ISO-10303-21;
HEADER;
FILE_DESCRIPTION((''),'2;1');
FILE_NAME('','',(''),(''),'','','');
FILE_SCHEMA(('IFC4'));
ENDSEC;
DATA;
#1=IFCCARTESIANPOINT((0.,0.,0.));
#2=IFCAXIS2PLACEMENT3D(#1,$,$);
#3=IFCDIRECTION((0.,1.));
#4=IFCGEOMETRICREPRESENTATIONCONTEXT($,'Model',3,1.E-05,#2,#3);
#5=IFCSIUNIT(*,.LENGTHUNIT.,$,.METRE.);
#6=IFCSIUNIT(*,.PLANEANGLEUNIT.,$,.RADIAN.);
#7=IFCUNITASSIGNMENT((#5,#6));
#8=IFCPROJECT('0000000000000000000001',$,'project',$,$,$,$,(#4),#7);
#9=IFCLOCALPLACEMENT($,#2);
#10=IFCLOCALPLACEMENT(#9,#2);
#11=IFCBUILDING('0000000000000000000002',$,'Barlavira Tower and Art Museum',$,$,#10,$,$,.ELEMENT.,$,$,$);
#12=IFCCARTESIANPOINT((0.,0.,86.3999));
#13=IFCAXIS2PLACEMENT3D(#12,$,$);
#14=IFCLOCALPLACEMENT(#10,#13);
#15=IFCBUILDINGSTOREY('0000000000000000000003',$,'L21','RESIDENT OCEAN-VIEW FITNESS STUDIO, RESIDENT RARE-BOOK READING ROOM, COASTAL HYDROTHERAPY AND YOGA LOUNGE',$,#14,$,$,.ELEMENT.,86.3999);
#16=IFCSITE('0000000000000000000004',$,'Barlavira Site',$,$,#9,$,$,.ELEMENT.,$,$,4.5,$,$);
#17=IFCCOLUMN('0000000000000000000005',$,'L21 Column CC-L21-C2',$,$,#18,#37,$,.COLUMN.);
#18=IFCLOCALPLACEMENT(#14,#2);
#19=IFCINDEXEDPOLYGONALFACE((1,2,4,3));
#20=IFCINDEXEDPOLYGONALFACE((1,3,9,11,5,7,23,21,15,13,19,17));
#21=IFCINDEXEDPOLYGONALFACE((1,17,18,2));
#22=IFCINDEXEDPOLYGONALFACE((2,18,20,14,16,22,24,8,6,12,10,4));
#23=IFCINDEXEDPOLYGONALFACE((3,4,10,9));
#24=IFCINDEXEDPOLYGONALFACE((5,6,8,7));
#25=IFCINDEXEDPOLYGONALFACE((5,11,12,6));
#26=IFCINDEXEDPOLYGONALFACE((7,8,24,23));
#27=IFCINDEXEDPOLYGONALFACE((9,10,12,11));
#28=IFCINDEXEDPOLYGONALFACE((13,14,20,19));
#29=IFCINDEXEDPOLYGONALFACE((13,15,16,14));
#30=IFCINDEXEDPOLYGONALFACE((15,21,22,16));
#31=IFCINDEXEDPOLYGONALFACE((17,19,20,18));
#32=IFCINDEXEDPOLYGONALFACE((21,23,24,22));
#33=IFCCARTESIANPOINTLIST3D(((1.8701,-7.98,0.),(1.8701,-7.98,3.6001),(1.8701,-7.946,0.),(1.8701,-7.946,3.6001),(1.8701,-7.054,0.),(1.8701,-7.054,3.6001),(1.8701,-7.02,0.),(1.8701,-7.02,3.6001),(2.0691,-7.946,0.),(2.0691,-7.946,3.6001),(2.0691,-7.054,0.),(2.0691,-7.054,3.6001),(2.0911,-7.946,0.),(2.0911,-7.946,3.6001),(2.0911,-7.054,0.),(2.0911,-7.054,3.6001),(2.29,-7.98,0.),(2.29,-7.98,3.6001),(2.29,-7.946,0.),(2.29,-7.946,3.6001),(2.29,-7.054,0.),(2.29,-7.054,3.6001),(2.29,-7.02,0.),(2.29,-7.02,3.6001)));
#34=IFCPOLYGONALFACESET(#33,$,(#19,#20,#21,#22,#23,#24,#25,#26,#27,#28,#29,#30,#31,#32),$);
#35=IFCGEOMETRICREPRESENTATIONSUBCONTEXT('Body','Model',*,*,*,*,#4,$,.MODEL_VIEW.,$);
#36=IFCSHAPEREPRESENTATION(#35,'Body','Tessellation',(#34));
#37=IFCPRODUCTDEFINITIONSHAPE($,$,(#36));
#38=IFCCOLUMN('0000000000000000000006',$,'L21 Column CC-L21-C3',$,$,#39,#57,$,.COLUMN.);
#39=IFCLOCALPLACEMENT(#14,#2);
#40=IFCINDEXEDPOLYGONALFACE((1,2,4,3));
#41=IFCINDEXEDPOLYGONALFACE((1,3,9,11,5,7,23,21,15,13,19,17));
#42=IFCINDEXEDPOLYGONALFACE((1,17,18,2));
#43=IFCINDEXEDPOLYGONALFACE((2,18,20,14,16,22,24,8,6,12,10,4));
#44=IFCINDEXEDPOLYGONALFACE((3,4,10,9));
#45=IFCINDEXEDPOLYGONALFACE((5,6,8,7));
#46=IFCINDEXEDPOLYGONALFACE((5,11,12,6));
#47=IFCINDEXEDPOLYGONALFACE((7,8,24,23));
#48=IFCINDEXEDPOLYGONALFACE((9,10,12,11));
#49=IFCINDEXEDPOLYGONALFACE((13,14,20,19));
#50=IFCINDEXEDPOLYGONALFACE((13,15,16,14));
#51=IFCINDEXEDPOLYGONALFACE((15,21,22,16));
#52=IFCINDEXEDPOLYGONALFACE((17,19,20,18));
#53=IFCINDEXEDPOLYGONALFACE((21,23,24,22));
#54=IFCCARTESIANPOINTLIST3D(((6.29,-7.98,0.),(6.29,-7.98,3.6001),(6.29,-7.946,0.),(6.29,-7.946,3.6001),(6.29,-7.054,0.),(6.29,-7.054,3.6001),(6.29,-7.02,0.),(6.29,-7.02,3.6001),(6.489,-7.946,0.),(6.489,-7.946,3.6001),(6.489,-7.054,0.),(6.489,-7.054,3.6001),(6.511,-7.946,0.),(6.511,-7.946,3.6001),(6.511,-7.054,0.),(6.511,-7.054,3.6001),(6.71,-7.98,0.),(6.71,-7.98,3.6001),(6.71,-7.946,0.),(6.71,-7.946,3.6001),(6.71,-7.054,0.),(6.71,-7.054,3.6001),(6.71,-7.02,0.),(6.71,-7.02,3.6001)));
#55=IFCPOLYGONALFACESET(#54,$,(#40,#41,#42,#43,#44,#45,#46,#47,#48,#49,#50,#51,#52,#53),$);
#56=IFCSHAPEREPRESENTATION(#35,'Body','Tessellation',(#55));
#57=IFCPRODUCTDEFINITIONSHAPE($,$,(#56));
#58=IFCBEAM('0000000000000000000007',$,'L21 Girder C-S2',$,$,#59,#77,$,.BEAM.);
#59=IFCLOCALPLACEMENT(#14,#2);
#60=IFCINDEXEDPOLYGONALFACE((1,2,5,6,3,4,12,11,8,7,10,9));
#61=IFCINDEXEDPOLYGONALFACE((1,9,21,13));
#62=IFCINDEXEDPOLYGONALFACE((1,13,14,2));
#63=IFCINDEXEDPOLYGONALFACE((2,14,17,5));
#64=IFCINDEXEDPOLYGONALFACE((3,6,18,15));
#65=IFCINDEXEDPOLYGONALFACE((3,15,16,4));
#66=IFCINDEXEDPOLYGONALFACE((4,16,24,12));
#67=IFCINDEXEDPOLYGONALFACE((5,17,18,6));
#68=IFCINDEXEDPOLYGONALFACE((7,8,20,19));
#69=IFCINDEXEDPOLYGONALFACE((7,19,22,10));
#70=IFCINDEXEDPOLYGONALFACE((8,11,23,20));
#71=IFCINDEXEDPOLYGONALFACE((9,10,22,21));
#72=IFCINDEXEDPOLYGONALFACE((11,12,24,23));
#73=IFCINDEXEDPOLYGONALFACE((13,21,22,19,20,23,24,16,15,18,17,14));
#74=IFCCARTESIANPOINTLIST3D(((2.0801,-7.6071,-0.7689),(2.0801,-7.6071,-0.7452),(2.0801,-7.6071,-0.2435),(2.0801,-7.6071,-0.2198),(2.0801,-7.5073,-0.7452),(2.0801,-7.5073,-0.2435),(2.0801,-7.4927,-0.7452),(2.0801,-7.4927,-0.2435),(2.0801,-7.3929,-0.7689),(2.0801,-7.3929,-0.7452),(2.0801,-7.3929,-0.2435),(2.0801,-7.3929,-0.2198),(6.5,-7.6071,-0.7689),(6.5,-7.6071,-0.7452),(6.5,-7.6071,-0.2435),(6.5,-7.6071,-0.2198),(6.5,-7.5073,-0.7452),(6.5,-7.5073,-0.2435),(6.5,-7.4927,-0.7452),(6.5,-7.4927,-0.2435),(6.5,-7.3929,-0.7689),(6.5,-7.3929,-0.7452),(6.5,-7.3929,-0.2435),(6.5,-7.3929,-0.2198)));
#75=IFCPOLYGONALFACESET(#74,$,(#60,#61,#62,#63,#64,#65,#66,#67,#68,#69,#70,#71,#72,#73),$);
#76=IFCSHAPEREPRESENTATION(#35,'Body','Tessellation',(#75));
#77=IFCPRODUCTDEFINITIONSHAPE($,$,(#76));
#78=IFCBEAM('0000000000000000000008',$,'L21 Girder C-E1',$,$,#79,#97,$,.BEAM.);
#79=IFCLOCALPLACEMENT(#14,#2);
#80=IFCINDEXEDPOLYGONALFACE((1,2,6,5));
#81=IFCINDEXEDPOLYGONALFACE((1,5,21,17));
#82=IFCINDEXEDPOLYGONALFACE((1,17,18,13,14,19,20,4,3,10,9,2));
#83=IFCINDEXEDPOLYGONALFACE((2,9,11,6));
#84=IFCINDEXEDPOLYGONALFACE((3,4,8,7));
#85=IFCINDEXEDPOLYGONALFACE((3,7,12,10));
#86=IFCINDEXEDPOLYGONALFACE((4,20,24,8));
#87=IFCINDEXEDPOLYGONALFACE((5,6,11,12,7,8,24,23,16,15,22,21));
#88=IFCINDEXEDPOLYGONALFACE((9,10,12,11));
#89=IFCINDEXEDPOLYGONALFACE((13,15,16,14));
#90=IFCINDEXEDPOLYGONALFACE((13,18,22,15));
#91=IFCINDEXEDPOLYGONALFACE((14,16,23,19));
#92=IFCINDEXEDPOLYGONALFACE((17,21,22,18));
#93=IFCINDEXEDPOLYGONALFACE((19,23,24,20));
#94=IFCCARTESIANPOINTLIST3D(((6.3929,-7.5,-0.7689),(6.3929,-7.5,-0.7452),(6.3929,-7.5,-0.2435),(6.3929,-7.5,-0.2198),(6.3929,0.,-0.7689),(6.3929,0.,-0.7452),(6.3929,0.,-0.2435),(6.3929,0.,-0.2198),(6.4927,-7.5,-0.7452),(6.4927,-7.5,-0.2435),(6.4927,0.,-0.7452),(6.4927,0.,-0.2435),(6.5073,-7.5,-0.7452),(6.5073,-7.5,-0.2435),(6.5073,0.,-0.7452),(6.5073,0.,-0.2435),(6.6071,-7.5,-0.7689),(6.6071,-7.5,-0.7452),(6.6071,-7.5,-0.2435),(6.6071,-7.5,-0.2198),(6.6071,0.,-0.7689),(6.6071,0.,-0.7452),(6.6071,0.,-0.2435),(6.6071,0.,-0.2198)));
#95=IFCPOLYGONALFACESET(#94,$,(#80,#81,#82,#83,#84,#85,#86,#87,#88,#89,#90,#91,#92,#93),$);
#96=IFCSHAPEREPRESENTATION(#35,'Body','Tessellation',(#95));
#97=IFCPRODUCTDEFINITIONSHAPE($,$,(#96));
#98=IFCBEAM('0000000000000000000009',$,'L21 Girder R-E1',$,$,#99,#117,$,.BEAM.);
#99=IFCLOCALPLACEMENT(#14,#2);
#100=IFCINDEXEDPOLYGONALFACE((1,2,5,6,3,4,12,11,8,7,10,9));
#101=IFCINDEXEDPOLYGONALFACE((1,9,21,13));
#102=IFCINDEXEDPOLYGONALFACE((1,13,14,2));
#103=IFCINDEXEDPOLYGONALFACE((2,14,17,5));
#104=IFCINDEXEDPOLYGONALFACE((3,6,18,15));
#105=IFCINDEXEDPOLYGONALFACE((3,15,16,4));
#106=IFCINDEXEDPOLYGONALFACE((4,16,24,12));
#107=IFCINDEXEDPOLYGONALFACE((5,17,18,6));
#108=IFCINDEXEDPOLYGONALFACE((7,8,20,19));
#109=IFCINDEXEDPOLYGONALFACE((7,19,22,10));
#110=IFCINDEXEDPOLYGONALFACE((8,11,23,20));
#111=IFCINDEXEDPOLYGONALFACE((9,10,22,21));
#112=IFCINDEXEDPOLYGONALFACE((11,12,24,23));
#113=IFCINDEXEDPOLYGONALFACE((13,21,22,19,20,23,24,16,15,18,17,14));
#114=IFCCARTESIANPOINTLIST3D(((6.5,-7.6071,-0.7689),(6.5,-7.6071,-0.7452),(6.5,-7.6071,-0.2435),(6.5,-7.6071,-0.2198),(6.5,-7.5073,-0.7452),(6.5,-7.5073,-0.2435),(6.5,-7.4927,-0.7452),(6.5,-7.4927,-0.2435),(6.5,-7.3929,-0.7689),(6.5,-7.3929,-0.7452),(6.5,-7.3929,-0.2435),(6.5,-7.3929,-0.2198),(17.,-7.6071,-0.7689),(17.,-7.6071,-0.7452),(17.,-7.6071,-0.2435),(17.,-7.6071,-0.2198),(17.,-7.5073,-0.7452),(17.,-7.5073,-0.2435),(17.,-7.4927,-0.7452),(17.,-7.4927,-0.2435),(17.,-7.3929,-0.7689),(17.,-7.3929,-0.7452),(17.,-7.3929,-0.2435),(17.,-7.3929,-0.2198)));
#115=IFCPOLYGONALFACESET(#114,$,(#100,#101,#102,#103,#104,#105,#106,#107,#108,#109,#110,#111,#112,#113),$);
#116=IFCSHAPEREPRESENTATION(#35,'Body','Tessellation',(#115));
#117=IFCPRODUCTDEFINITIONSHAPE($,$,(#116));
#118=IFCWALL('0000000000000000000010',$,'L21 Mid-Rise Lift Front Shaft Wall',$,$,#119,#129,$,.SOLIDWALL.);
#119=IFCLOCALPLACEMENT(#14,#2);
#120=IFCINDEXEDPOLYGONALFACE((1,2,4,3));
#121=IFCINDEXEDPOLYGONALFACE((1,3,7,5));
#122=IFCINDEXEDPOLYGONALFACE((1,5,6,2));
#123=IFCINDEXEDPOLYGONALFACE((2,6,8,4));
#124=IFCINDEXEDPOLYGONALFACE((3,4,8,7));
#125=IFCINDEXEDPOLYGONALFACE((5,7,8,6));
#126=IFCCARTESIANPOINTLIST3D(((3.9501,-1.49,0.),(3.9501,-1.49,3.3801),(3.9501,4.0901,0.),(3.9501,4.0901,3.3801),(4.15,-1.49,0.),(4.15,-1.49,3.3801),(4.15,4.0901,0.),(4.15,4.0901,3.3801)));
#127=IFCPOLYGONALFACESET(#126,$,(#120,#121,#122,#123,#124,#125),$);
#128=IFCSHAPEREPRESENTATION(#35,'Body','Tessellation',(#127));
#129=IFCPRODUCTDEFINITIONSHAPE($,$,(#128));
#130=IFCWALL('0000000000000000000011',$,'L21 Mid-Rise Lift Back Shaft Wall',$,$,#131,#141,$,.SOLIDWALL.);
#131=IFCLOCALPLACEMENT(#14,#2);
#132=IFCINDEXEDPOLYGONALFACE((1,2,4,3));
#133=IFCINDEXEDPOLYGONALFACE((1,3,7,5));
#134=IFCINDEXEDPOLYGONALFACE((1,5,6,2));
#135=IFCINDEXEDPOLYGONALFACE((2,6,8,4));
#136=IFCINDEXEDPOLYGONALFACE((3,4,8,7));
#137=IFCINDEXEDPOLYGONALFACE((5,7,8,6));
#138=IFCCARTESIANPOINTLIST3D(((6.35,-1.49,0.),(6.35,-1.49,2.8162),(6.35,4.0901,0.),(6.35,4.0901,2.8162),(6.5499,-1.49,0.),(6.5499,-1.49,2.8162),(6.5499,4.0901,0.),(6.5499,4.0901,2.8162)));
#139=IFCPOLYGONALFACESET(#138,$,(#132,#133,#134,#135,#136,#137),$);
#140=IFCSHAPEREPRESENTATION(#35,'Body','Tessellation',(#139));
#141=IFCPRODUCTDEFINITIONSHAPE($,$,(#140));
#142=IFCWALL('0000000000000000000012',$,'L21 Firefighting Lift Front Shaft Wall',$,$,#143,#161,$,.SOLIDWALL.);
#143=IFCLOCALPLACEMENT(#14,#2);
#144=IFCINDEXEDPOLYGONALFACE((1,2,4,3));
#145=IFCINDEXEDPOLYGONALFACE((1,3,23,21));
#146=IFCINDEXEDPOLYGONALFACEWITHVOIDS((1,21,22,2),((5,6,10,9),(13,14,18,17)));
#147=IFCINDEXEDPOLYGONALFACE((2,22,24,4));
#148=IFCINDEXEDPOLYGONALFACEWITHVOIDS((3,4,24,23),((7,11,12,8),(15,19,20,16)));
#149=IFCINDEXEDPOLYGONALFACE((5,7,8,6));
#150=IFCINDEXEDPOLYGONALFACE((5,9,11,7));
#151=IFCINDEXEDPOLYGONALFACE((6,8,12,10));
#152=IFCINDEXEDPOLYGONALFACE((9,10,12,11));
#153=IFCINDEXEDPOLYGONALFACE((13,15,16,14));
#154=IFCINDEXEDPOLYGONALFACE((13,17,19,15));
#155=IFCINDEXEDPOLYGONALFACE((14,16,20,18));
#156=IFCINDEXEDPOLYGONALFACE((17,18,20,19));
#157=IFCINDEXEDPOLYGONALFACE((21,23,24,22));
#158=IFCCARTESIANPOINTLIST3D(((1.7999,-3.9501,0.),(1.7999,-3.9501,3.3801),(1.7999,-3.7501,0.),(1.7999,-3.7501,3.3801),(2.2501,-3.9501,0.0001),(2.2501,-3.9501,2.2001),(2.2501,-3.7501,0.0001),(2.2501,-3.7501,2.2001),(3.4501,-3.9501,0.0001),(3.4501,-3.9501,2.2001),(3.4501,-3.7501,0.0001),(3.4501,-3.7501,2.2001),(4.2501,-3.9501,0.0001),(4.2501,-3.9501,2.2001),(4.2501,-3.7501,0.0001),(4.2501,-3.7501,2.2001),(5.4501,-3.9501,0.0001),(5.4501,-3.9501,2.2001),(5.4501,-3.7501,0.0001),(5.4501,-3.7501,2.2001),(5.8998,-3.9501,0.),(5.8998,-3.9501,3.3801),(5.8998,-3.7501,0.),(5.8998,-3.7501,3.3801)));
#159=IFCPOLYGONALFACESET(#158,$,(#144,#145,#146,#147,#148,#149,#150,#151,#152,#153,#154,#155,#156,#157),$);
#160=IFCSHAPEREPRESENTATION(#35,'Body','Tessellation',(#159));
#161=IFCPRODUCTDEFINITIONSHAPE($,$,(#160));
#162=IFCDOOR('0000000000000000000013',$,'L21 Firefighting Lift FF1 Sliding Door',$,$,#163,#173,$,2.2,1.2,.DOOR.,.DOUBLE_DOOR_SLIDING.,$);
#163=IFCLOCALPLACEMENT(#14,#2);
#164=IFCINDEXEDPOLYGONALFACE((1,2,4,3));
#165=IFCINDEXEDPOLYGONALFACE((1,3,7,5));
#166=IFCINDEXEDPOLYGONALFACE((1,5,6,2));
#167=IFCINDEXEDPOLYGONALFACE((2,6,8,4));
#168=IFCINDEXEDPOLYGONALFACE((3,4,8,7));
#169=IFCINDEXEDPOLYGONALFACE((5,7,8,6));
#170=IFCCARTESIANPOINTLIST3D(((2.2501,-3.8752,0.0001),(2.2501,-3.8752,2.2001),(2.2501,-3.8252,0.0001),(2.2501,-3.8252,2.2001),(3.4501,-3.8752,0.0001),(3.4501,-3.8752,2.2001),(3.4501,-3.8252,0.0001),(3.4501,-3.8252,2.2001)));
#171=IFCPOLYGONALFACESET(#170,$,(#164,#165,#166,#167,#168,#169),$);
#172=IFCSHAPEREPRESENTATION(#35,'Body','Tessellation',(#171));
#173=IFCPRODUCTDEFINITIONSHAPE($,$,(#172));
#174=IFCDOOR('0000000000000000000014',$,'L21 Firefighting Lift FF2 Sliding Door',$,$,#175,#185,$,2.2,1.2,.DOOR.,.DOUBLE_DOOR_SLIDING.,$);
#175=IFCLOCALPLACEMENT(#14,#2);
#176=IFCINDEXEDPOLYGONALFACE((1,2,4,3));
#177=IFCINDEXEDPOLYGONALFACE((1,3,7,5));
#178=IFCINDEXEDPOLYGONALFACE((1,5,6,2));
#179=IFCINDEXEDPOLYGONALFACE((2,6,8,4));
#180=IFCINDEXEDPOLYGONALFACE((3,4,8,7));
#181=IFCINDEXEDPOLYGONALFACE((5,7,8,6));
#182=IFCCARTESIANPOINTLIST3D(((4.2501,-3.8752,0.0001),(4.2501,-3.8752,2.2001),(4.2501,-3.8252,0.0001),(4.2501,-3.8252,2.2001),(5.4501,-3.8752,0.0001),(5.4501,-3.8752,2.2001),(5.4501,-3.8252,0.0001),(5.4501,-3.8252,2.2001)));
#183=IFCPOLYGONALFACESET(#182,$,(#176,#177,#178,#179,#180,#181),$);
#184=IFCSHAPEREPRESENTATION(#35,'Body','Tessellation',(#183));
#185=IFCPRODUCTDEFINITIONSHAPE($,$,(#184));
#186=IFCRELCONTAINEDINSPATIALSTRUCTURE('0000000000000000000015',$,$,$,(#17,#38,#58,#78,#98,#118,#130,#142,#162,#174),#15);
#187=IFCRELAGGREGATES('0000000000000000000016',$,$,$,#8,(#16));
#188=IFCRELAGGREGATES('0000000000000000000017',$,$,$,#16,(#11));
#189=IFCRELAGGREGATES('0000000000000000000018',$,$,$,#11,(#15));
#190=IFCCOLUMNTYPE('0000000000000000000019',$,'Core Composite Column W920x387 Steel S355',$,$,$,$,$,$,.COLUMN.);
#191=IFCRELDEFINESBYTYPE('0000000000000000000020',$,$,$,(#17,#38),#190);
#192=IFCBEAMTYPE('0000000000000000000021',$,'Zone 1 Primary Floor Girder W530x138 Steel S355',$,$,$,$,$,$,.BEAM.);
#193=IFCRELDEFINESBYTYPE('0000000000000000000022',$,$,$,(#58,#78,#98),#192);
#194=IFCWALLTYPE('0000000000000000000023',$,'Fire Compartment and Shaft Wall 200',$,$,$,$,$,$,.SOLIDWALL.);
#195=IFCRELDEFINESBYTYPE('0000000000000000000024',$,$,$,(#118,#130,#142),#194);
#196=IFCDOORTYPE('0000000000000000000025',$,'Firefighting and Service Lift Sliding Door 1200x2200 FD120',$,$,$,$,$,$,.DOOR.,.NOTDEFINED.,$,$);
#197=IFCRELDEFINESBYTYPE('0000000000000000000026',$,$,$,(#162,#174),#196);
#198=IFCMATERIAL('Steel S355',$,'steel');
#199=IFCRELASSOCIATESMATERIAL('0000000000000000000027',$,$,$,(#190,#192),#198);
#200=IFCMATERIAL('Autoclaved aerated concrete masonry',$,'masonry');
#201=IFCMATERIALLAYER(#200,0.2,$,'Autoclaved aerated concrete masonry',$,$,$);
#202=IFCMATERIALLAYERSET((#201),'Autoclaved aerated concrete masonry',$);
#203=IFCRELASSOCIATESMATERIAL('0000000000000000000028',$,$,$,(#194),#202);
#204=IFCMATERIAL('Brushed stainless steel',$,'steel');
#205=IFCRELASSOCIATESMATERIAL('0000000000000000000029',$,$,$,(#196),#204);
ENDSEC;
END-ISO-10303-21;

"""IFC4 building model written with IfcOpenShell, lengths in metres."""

from ifc_helpers import new_model, si_unit, direction, frame, frame_2d, origin, origin_2d, place, context, subcontext, project, spatial, rectangle, i_section, extrude, material, layer, layer_set, material_profile, profile_set, type_object, element, fill, save


model = new_model("IFC4")

# Units and contexts
model_context = context("Model", 3, precision=1e-05, world=origin(), true_north=direction((0.0, 1.0)))
body_context = subcontext(model_context, "Body", "Model", "MODEL_VIEW")
ifc_project = project(units=[si_unit("LENGTHUNIT", "METRE"), si_unit("PLANEANGLEUNIT", "RADIAN")], contexts=[model_context])

# Site, building, storey
site_placement = place(None, origin())
site = spatial("IfcSite", under=ifc_project, at=site_placement, Name="Barlavira Site", CompositionType="ELEMENT", RefElevation=4.5)
building_placement = place(site_placement, origin())
building = spatial("IfcBuilding", under=site, at=building_placement, Name="Barlavira Tower and Art Museum", CompositionType="ELEMENT")
storey_placement = place(building_placement, frame((0.0, 0.0, 86.3999)))
storey = spatial("IfcBuildingStorey", under=building, at=storey_placement, Name="L21", Description="RESIDENT OCEAN-VIEW FITNESS STUDIO, RESIDENT RARE-BOOK READING ROOM, COASTAL HYDROTHERAPY AND YOGA LOUNGE", CompositionType="ELEMENT", Elevation=86.3999)

# Columns
ifc_material_1 = material(Name="Steel S355", Category="steel")
ifc_material_profile_1 = material_profile(ifc_material_1, i_section(OverallWidth=0.4199, OverallDepth=0.96, WebThickness=0.022, FlangeThickness=0.0339, at=origin_2d()), Name="W920x387.0")
ifc_profile_set_1 = profile_set([ifc_material_profile_1], Name="Steel S355")
column_type = type_object("IfcColumnType", Name="Core Composite Column W920x387 Steel S355", PredefinedType="COLUMN", material=ifc_profile_set_1)
for number, where, z_axis, x_axis, name in (
    (1, (2.0801, -7.5, 0.0), (0.0, 0.0, 1.0), (1.0, 0.0, 0.0), "L21 Column CC-L21-C2"),
    (2, (6.5, -7.5, 0.0), (0.0, 0.0, 1.0), (1.0, 0.0, 0.0), "L21 Column CC-L21-C3"),
):
    element("IfcColumn", number, at=place(storey_placement, frame(where, z_axis=z_axis, x_axis=x_axis)), inside=storey, type_object=column_type, Name=name, PredefinedType="COLUMN", context=body_context, shape_type="SweptSolid", body=[
        extrude(i_section(OverallWidth=0.4199, OverallDepth=0.96, WebThickness=0.022, FlangeThickness=0.0339, at=origin_2d()), origin(), (0.0, 0.0, 1.0), 3.6001),
    ])

# Beams
ifc_material_profile_2 = material_profile(ifc_material_1, i_section(OverallWidth=0.2141, OverallDepth=0.5491, WebThickness=0.0146, FlangeThickness=0.0237, at=origin_2d()), Name="W530x138.0")
ifc_profile_set_2 = profile_set([ifc_material_profile_2], Name="Steel S355")
beam_type = type_object("IfcBeamType", Name="Zone 1 Primary Floor Girder W530x138 Steel S355", PredefinedType="BEAM", material=ifc_profile_set_2)
beam_1_placement = place(storey_placement, frame((2.0801, -7.5, -0.4944), z_axis=(1.0, 0.0, 0.0), x_axis=(0.0, 1.0, 0.0)))
element("IfcBeam", 3, at=beam_1_placement, inside=storey, type_object=beam_type, Name="L21 Girder C-S2", PredefinedType="BEAM", context=body_context, shape_type="SweptSolid", body=[
    extrude(i_section(OverallWidth=0.2141, OverallDepth=0.5491, WebThickness=0.0146, FlangeThickness=0.0237, at=origin_2d()), origin(), (0.0, 0.0, 1.0), 4.4199),
])
beam_2_placement = place(storey_placement, frame((6.5, -7.5, -0.4944), z_axis=(0.0, 1.0, 0.0), x_axis=(-1.0, 0.0, 0.0)))
element("IfcBeam", 4, at=beam_2_placement, inside=storey, type_object=beam_type, Name="L21 Girder C-E1", PredefinedType="BEAM", context=body_context, shape_type="SweptSolid", body=[
    extrude(i_section(OverallWidth=0.2141, OverallDepth=0.5491, WebThickness=0.0146, FlangeThickness=0.0237, at=origin_2d()), origin(), (0.0, 0.0, 1.0), 7.5),
])
beam_3_placement = place(storey_placement, frame((6.5, -7.5, -0.4944), z_axis=(1.0, 0.0, 0.0), x_axis=(0.0, 1.0, 0.0)))
element("IfcBeam", 5, at=beam_3_placement, inside=storey, type_object=beam_type, Name="L21 Girder R-E1", PredefinedType="BEAM", context=body_context, shape_type="SweptSolid", body=[
    extrude(i_section(OverallWidth=0.2141, OverallDepth=0.5491, WebThickness=0.0146, FlangeThickness=0.0237, at=origin_2d()), origin(), (0.0, 0.0, 1.0), 10.5),
])

# Shared definitions
ifc_material_2 = material(Name="Brushed stainless steel", Category="steel")

# Walls
ifc_material_3 = material(Name="Autoclaved aerated concrete masonry", Category="masonry")
ifc_layer_1 = layer(ifc_material_3, 0.2, Name="Autoclaved aerated concrete masonry")
ifc_layer_set_1 = layer_set([ifc_layer_1], Name="Autoclaved aerated concrete masonry")
wall_type_1 = type_object("IfcWallType", Name="Fire Compartment and Shaft Wall 200", PredefinedType="SOLIDWALL", material=ifc_layer_set_1)
wall_1_placement = place(storey_placement, frame((4.05, -1.49, 0.0), z_axis=(0.0, 0.0, 1.0), x_axis=(0.0, 1.0, 0.0)))
element("IfcWall", 6, at=wall_1_placement, inside=storey, type_object=wall_type_1, Name="L21 Mid-Rise Lift Front Shaft Wall", PredefinedType="SOLIDWALL", context=body_context, shape_type="SweptSolid", body=[
    extrude(rectangle(XDim=5.5801, YDim=0.2, at=frame_2d((2.79, 0.0))), origin(), (0.0, 0.0, 1.0), 3.3801),
])
wall_2_placement = place(storey_placement, frame((6.45, -1.49, 0.0), z_axis=(0.0, 0.0, 1.0), x_axis=(0.0, 1.0, 0.0)))
element("IfcWall", 7, at=wall_2_placement, inside=storey, type_object=wall_type_1, Name="L21 Mid-Rise Lift Back Shaft Wall", PredefinedType="SOLIDWALL", context=body_context, shape_type="SweptSolid", body=[
    extrude(rectangle(XDim=5.5801, YDim=0.2, at=frame_2d((2.79, 0.0))), origin(), (0.0, 0.0, 1.0), 2.8162),
])

# Wall, openings, doors
wall_3_placement = place(storey_placement, frame((1.8, -3.8501, 0.0), z_axis=(0.0, 0.0, 1.0), x_axis=(1.0, 0.0, 0.0)))
wall_3 = element("IfcWall", 8, at=wall_3_placement, inside=storey, type_object=wall_type_1, Name="L21 Firefighting Lift Front Shaft Wall", PredefinedType="SOLIDWALL", context=body_context, shape_type="SweptSolid", body=[
    extrude(rectangle(XDim=4.0999, YDim=0.2, at=frame_2d((2.0498, 0.0))), origin(), (0.0, 0.0, 1.0), 3.3801),
])
opening_1_placement = place(wall_3_placement, frame((0.45, 0.0, 0.0)))
opening_1 = element("IfcOpeningElement", 9, at=opening_1_placement, cuts=wall_3, PredefinedType="OPENING", context=body_context, shape_type="SweptSolid", body=[
    extrude(rectangle(XDim=1.2, YDim=2.2, at=frame_2d((0.6001, 1.1001))), frame((0.0, 0.1099, 0.0), z_axis=(0.0, -1.0, 0.0), x_axis=(1.0, 0.0, 0.0)), (0.0, 0.0, 1.0), 0.22),
])
opening_2_placement = place(wall_3_placement, frame((2.45, 0.0, 0.0)))
opening_2 = element("IfcOpeningElement", 10, at=opening_2_placement, cuts=wall_3, PredefinedType="OPENING", context=body_context, shape_type="SweptSolid", body=[
    extrude(rectangle(XDim=1.2, YDim=2.2, at=frame_2d((0.6001, 1.1001))), frame((0.0, 0.1099, 0.0), z_axis=(0.0, -1.0, 0.0), x_axis=(1.0, 0.0, 0.0)), (0.0, 0.0, 1.0), 0.22),
])
door_type_1 = type_object("IfcDoorType", Name="Firefighting and Service Lift Sliding Door 1200x2200 FD120", OperationType="NOTDEFINED", PredefinedType="DOOR", material=ifc_material_2)
door_1_placement = place(opening_1_placement, origin())
door_1 = element("IfcDoor", 11, at=door_1_placement, inside=storey, type_object=door_type_1, Name="L21 Firefighting Lift FF1 Sliding Door", OperationType="DOUBLE_DOOR_SLIDING", OverallHeight=2.2, OverallWidth=1.2, PredefinedType="DOOR", context=body_context, shape_type="SweptSolid", body=[
    extrude(rectangle(XDim=1.2, YDim=2.2, at=frame_2d((0.6001, 1.1001))), frame((0.0, 0.0249, 0.0), z_axis=(0.0, -1.0, 0.0), x_axis=(1.0, 0.0, 0.0)), (0.0, 0.0, 1.0), 0.05),
])
fill(opening_1, door_1)
door_2_placement = place(opening_2_placement, origin())
door_2 = element("IfcDoor", 12, at=door_2_placement, inside=storey, type_object=door_type_1, Name="L21 Firefighting Lift FF2 Sliding Door", OperationType="DOUBLE_DOOR_SLIDING", OverallHeight=2.2, OverallWidth=1.2, PredefinedType="DOOR", context=body_context, shape_type="SweptSolid", body=[
    extrude(rectangle(XDim=1.2, YDim=2.2, at=frame_2d((0.6001, 1.1001))), frame((0.0, 0.0249, 0.0), z_axis=(0.0, -1.0, 0.0), x_axis=(1.0, 0.0, 0.0)), (0.0, 0.0, 1.0), 0.05),
])
fill(opening_2, door_2)

save(model, "model.ifc")
